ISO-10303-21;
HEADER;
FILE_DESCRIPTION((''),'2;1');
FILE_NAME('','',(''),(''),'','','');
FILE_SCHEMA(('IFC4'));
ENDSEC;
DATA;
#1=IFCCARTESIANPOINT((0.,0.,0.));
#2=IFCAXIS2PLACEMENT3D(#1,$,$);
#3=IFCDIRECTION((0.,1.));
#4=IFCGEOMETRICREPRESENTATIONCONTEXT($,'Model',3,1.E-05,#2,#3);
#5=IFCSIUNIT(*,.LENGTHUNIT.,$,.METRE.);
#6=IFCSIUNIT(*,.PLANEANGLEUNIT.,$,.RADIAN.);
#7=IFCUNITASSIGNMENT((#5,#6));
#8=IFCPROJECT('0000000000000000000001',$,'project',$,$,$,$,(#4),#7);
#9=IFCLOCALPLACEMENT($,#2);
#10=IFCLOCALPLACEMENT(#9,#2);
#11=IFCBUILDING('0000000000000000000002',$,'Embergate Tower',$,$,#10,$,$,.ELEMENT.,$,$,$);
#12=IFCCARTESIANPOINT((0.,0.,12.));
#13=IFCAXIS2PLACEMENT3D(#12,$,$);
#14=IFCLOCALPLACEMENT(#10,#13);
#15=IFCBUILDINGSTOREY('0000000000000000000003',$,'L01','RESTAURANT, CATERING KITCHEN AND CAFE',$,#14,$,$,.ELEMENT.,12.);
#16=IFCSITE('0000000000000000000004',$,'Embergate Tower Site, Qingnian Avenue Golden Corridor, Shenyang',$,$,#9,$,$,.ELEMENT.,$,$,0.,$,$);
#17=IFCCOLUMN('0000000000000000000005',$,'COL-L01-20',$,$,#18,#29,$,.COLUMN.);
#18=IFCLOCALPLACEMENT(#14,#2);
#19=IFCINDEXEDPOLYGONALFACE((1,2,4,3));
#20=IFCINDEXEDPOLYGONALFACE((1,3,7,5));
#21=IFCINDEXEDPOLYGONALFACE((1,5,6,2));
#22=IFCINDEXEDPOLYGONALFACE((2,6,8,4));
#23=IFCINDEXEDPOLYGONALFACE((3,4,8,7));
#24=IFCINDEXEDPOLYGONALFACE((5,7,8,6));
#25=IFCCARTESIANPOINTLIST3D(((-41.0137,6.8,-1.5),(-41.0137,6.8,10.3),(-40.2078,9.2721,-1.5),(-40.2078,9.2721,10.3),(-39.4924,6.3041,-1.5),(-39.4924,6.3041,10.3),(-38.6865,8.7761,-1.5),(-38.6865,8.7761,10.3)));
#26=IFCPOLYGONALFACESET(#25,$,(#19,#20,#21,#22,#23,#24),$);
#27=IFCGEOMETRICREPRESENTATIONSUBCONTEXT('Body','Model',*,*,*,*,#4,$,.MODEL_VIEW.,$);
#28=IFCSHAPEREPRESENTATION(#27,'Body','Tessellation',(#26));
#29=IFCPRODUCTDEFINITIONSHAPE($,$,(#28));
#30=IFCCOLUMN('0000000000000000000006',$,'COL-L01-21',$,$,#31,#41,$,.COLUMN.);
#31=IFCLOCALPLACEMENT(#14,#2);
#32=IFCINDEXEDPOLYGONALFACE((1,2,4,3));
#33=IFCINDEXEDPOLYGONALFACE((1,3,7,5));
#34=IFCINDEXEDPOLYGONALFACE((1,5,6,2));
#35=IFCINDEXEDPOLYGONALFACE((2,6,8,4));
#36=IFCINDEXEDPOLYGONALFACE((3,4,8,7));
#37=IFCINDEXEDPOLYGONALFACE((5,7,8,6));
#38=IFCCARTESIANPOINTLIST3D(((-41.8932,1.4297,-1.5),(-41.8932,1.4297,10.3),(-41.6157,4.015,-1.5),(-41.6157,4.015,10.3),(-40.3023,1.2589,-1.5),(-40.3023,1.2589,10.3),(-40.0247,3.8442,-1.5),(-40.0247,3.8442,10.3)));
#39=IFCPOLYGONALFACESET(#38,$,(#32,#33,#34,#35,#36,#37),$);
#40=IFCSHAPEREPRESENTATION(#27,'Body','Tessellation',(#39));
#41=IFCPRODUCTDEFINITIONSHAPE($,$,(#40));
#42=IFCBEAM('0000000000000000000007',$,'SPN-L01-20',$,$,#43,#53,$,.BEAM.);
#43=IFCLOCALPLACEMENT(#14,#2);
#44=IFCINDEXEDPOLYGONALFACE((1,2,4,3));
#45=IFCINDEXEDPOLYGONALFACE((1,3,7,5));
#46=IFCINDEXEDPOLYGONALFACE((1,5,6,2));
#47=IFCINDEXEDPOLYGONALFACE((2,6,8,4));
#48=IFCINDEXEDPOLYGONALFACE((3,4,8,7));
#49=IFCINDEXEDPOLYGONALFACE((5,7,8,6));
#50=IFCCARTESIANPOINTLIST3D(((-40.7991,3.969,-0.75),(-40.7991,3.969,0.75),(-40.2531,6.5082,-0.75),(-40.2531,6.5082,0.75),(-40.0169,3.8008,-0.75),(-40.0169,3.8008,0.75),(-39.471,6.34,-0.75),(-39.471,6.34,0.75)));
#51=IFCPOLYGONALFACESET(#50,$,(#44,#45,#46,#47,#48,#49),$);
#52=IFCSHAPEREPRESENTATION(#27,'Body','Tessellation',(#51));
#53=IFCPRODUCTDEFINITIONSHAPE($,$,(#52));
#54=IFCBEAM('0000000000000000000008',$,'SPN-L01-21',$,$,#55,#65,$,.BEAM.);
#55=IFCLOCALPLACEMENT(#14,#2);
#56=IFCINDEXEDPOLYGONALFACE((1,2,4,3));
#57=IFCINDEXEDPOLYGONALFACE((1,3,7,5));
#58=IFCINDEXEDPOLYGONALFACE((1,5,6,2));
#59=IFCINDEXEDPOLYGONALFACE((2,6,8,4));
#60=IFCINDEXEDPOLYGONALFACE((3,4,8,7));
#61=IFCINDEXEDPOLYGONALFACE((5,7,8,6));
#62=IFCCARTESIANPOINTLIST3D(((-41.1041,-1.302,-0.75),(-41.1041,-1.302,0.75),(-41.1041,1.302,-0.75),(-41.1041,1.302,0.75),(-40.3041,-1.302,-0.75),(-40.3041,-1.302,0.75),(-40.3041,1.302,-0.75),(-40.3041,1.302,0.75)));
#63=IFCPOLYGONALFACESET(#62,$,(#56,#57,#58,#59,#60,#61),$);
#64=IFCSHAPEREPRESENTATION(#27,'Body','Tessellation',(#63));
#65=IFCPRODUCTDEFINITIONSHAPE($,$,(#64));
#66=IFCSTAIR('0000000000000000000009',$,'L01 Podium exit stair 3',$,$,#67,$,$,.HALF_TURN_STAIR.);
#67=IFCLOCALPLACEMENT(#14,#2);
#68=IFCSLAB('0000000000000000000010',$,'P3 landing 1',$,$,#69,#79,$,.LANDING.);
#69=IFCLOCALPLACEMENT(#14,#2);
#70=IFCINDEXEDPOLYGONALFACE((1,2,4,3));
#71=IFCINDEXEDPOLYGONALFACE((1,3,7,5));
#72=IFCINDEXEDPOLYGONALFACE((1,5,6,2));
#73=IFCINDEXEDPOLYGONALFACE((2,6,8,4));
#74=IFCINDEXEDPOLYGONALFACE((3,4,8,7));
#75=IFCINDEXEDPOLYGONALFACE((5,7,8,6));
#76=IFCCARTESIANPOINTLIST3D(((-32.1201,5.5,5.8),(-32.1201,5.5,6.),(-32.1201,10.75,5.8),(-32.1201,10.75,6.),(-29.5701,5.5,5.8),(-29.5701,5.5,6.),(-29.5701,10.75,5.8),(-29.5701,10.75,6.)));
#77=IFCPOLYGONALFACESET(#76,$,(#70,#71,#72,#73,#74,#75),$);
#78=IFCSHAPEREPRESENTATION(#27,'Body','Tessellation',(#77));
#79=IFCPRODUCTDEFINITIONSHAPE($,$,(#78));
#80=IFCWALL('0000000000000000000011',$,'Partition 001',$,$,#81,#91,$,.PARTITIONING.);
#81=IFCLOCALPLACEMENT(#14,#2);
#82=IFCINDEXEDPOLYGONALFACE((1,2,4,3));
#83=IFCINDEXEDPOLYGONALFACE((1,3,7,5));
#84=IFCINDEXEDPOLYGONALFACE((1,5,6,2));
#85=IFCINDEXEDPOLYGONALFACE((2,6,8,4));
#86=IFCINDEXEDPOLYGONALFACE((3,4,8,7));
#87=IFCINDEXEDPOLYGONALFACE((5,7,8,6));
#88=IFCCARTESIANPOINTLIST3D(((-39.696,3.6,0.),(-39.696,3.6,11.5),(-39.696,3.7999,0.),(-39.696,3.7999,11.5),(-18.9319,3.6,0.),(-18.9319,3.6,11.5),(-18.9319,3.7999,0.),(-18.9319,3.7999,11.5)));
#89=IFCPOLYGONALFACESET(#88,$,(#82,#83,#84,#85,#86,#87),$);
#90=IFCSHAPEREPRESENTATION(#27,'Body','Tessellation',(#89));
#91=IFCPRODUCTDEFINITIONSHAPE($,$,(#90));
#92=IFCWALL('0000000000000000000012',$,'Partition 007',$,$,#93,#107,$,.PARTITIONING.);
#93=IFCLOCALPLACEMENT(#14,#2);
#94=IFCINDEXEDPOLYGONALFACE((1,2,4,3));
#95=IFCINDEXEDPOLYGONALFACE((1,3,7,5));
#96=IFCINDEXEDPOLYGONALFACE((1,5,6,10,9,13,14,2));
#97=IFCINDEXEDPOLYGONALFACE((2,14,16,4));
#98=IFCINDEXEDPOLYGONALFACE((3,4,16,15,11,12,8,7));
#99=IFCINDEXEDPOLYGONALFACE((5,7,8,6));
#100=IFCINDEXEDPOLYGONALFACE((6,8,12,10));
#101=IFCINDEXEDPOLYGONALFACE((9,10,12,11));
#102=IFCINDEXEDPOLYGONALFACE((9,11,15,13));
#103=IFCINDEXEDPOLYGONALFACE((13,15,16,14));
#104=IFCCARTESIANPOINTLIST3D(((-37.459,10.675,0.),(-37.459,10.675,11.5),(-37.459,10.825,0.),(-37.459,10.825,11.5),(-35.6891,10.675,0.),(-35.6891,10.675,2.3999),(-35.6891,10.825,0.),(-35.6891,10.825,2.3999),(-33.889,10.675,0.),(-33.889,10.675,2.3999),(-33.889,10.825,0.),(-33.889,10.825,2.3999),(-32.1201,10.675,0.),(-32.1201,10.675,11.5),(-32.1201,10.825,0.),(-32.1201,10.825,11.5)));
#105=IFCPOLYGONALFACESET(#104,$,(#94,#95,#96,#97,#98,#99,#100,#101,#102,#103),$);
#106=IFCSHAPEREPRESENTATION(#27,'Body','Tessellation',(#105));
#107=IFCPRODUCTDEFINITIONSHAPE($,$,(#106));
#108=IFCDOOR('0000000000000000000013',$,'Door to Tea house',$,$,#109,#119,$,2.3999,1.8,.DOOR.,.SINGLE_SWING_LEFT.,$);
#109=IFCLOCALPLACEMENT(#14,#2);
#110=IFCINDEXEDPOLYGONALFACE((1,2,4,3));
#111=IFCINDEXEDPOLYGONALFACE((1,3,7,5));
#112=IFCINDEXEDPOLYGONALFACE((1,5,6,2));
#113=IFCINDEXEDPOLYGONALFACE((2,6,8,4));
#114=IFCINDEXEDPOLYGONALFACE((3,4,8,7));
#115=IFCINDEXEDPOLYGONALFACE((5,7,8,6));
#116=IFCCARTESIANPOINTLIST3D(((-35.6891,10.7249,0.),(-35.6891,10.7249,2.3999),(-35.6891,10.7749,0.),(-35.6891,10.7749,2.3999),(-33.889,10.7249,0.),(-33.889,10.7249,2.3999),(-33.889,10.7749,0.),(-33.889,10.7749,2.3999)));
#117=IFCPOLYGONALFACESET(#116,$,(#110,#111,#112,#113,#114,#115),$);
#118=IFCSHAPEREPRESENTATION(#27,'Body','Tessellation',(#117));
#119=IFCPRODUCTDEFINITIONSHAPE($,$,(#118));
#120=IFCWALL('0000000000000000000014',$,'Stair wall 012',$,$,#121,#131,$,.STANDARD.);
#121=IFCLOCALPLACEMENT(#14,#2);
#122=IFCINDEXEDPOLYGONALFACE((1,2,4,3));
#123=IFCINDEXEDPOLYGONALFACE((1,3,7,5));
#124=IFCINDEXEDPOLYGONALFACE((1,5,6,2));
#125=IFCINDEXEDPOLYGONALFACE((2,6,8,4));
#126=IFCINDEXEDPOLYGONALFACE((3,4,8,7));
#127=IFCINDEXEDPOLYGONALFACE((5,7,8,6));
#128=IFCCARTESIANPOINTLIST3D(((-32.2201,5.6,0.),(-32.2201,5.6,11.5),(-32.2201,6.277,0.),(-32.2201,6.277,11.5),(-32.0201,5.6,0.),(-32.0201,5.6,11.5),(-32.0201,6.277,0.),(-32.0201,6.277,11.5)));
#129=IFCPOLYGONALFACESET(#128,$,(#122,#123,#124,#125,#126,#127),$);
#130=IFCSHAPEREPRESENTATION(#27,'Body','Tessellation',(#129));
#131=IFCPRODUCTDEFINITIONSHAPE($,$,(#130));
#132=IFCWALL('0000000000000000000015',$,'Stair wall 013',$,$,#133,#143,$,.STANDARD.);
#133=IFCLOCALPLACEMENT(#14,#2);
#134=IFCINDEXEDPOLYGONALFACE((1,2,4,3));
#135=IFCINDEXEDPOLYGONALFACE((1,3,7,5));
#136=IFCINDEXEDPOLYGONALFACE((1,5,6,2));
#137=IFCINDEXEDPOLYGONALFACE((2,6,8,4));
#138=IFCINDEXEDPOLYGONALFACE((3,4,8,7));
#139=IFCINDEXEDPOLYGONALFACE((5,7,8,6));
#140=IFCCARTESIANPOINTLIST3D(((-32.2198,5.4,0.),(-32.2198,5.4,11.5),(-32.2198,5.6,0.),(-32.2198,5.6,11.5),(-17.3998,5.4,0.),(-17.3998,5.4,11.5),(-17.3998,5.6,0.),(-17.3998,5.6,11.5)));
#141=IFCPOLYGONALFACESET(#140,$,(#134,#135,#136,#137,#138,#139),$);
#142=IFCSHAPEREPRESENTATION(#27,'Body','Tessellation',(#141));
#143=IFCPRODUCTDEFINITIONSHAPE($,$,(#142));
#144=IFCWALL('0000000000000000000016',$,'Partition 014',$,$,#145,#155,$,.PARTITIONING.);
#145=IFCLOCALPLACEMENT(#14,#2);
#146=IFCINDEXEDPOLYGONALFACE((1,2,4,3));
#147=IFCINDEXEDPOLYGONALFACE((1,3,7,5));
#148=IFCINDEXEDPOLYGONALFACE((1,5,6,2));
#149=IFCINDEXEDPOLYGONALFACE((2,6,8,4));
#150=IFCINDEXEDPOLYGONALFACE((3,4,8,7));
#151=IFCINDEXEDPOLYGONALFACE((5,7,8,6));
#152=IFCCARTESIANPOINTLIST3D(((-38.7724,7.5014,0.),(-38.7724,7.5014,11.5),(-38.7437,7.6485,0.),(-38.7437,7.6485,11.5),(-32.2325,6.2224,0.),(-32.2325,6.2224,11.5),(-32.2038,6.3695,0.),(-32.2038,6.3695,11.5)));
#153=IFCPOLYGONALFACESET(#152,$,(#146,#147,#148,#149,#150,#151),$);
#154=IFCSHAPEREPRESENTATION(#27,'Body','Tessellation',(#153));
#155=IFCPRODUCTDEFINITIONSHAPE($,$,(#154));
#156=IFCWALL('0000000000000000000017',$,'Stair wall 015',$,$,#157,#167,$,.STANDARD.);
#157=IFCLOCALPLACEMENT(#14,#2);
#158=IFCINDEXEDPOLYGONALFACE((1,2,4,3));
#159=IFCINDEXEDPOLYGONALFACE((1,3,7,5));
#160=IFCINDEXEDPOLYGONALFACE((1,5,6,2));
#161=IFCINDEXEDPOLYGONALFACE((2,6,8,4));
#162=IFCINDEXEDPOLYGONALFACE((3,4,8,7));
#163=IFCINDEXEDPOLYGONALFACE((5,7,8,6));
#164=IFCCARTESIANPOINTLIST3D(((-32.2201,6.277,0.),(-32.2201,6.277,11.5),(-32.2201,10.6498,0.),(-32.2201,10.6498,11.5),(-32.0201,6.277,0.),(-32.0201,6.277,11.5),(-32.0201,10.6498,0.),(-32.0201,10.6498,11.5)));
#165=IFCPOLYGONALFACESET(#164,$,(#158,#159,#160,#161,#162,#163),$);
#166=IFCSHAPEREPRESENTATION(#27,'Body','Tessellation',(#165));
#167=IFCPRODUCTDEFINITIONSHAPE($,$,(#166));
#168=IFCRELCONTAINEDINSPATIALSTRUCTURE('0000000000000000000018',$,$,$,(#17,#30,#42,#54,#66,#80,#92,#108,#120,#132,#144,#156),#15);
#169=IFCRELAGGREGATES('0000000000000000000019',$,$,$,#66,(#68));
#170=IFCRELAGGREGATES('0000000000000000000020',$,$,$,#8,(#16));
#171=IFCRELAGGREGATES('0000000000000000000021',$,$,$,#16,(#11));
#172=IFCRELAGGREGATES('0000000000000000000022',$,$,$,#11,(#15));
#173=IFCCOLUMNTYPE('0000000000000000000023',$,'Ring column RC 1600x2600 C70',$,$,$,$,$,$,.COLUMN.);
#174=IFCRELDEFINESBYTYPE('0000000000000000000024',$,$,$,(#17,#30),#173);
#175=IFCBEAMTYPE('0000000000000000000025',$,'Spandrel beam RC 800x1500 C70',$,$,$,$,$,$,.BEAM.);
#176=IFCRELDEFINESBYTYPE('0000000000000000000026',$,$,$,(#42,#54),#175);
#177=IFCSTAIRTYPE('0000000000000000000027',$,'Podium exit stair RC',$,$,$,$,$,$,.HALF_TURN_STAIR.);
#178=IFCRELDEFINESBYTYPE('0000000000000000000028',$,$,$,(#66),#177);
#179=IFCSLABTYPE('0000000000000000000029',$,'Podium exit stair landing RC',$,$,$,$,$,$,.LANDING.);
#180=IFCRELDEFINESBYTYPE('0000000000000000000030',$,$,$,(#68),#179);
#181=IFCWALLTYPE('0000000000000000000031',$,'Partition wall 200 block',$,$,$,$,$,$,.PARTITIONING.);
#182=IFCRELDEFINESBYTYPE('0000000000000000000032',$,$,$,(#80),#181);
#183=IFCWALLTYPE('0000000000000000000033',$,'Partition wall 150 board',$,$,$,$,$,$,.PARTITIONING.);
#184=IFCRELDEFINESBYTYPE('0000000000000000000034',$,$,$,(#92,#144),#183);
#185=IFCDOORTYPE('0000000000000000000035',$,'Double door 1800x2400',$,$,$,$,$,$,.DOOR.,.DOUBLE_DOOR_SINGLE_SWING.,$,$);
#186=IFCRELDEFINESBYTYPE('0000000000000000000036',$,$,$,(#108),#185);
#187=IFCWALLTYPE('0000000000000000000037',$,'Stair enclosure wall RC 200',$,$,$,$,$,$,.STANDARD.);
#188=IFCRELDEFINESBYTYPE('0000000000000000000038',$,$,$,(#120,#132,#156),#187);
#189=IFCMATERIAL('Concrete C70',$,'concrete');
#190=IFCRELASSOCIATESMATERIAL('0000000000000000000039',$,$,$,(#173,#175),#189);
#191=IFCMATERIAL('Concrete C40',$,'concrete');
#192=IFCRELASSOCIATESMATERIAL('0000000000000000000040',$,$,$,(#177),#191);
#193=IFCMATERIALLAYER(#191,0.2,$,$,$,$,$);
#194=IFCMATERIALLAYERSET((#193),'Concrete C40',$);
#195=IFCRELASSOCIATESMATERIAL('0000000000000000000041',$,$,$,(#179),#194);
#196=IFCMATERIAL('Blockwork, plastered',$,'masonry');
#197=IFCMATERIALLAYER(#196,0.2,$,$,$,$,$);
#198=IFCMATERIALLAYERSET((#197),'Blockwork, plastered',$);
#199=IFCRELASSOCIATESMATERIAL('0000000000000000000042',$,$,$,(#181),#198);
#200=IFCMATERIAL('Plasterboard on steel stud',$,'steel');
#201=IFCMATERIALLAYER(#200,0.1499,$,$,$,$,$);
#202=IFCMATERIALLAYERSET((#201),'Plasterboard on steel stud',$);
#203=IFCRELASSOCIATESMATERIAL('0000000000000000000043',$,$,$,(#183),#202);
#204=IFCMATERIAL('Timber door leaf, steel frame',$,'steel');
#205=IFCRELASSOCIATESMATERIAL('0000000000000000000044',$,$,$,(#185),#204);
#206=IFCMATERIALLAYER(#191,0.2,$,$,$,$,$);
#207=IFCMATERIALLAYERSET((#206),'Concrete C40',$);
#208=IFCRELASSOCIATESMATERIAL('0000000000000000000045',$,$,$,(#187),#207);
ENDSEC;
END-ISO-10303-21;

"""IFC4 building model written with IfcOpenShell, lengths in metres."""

from ifc_helpers import new_model, si_unit, direction, frame, frame_2d, origin, origin_2d, place, context, subcontext, project, spatial, polyline, rectangle, outline, extrude, source, transform, mapped, material, layer, layer_set, material_profile, profile_set, type_object, element, fill, aggregate, save


model = new_model("IFC4")

# Units and contexts
model_context = context("Model", 3, precision=1e-05, world=origin(), true_north=direction((0.0, 1.0)))
body_context = subcontext(model_context, "Body", "Model", "MODEL_VIEW")
ifc_project = project(units=[si_unit("LENGTHUNIT", "METRE"), si_unit("PLANEANGLEUNIT", "RADIAN")], contexts=[model_context])

# Site, building, storey
site_placement = place(None, origin())
site = spatial("IfcSite", under=ifc_project, at=site_placement, Name="Embergate Tower Site, Qingnian Avenue Golden Corridor, Shenyang", CompositionType="ELEMENT", RefElevation=0.0)
building_placement = place(site_placement, origin())
building = spatial("IfcBuilding", under=site, at=building_placement, Name="Embergate Tower", CompositionType="ELEMENT")
storey_placement = place(building_placement, frame((0.0, 0.0, 12.0)))
storey = spatial("IfcBuildingStorey", under=building, at=storey_placement, Name="L01", Description="RESTAURANT, CATERING KITCHEN AND CAFE", CompositionType="ELEMENT", Elevation=12.0)

# Columns
ifc_material_1 = material(Name="Concrete C70", Category="concrete")
ifc_material_profile_1 = material_profile(ifc_material_1, rectangle(XDim=1.6001, YDim=2.6001, at=origin_2d()), Name="RC 1600x2600")
ifc_profile_set_1 = profile_set([ifc_material_profile_1], Name="Concrete C70")
column_type = type_object("IfcColumnType", Name="Ring column RC 1600x2600 C70", PredefinedType="COLUMN", material=ifc_profile_set_1)
shared_shape_1 = source(origin(), body_context, "Body", "SweptSolid", [
    extrude(rectangle(XDim=1.6001, YDim=2.6001, at=origin_2d()), origin(), (0.0, 0.0, 1.0), 11.8),
])
for number, where, z_axis, x_axis, name in (
    (1, (-39.8501, 7.7881, -1.5), (0.0, 0.0, 1.0), (-0.950754, 0.309946, 0.0), "COL-L01-20"),
    (2, (-40.959, 2.637, -1.5), (0.0, 0.0, 1.0), (-0.994286, 0.10675, 0.0), "COL-L01-21"),
):
    element("IfcColumn", number, at=place(storey_placement, frame(where, z_axis=z_axis, x_axis=x_axis)), inside=storey, type_object=column_type, Name=name, PredefinedType="COLUMN", context=body_context, shape_type="MappedRepresentation", body=[
        mapped(shared_shape_1, transform((0.0, 0.0, 0.0))),
    ])

# Beams
ifc_material_profile_2 = material_profile(ifc_material_1, rectangle(XDim=0.8, YDim=1.5, at=origin_2d()), Name="RC 800x1500")
ifc_profile_set_2 = profile_set([ifc_material_profile_2], Name="Concrete C70")
beam_type = type_object("IfcBeamType", Name="Spandrel beam RC 800x1500 C70", PredefinedType="BEAM", material=ifc_profile_set_2)
shared_shape_2 = source(origin(), body_context, "Body", "SweptSolid", [
    extrude(rectangle(XDim=0.8, YDim=1.5, at=origin_2d()), origin(), (0.0, 0.0, 1.0), 2.5972),
])
beam_1_placement = place(storey_placement, frame((-39.8621, 6.4241, 0.0), z_axis=(-0.210197, -0.977659, 0.0), x_axis=(0.977659, -0.210197, 0.0)))
element("IfcBeam", 3, at=beam_1_placement, inside=storey, type_object=beam_type, Name="SPN-L01-20", PredefinedType="BEAM", context=body_context, shape_type="MappedRepresentation", body=[
    mapped(shared_shape_2, transform((0.0, 0.0, 0.0))),
])
shared_shape_3 = source(origin(), body_context, "Body", "SweptSolid", [
    extrude(rectangle(XDim=0.8, YDim=1.5, at=origin_2d()), origin(), (0.0, 0.0, 1.0), 2.604),
])
beam_2_placement = place(storey_placement, frame((-40.7041, 1.302, 0.0), z_axis=(0.0, -1.0, 0.0), x_axis=(1.0, 0.0, 0.0)))
element("IfcBeam", 4, at=beam_2_placement, inside=storey, type_object=beam_type, Name="SPN-L01-21", PredefinedType="BEAM", context=body_context, shape_type="MappedRepresentation", body=[
    mapped(shared_shape_3, transform((0.0, 0.0, 0.0))),
])

# Stair, slab
ifc_material_2 = material(Name="Concrete C40", Category="concrete")
stair_type = type_object("IfcStairType", Name="Podium exit stair RC", PredefinedType="HALF_TURN_STAIR", material=ifc_material_2)
stair_placement = place(storey_placement, origin())
stair = element("IfcStair", 5, at=stair_placement, inside=storey, type_object=stair_type, Name="L01 Podium exit stair 3", PredefinedType="HALF_TURN_STAIR")
ifc_layer_1 = layer(ifc_material_2, 0.2)
ifc_layer_set_1 = layer_set([ifc_layer_1], Name="Concrete C40")
slab_type = type_object("IfcSlabType", Name="Podium exit stair landing RC", PredefinedType="LANDING", material=ifc_layer_set_1)
shared_shape_4 = source(origin(), body_context, "Body", "SweptSolid", [
    extrude(outline(polyline([(0.0, 0.0), (2.55, 0.0), (2.55, 5.25), (0.0, 5.25), (0.0, 0.0)])), origin(), (0.0, 0.0, 1.0), 0.2),
])
slab_placement = place(storey_placement, frame((-32.1201, 5.5, 5.8)))
slab = element("IfcSlab", 6, at=slab_placement, type_object=slab_type, Name="P3 landing 1", PredefinedType="LANDING", context=body_context, shape_type="MappedRepresentation", body=[
    mapped(shared_shape_4, transform((0.0, 0.0, 0.0))),
])
aggregate(stair, [slab])

# Wall
ifc_material_3 = material(Name="Blockwork, plastered", Category="masonry")
ifc_layer_2 = layer(ifc_material_3, 0.2)
ifc_layer_set_2 = layer_set([ifc_layer_2], Name="Blockwork, plastered")
wall_type_1 = type_object("IfcWallType", Name="Partition wall 200 block", PredefinedType="PARTITIONING", material=ifc_layer_set_2)
shared_shape_5 = source(origin(), body_context, "Body", "SweptSolid", [
    extrude(rectangle(XDim=20.7642, YDim=0.2, at=frame_2d((10.3821, 0.0))), origin(), (0.0, 0.0, 1.0), 11.5),
])
wall_1_placement = place(storey_placement, frame((-39.696, 3.7, 0.0), z_axis=(0.0, 0.0, 1.0), x_axis=(1.0, 0.0, 0.0)))
element("IfcWall", 7, at=wall_1_placement, inside=storey, type_object=wall_type_1, Name="Partition 001", PredefinedType="PARTITIONING", context=body_context, shape_type="MappedRepresentation", body=[
    mapped(shared_shape_5, transform((0.0, 0.0, 0.0))),
])

# Wall, opening, door
ifc_material_4 = material(Name="Plasterboard on steel stud", Category="steel")
ifc_layer_3 = layer(ifc_material_4, 0.1499)
ifc_layer_set_3 = layer_set([ifc_layer_3], Name="Plasterboard on steel stud")
wall_type_2 = type_object("IfcWallType", Name="Partition wall 150 board", PredefinedType="PARTITIONING", material=ifc_layer_set_3)
shared_shape_6 = source(origin(), body_context, "Body", "SweptSolid", [
    extrude(rectangle(XDim=5.3389, YDim=0.1499, at=frame_2d((2.6694, 0.0))), origin(), (0.0, 0.0, 1.0), 11.5),
])
wall_2_placement = place(storey_placement, frame((-37.459, 10.75, 0.0), z_axis=(0.0, 0.0, 1.0), x_axis=(1.0, 0.0, 0.0)))
wall_2 = element("IfcWall", 8, at=wall_2_placement, inside=storey, type_object=wall_type_2, Name="Partition 007", PredefinedType="PARTITIONING", context=body_context, shape_type="MappedRepresentation", body=[
    mapped(shared_shape_6, transform((0.0, 0.0, 0.0))),
])
shared_shape_7 = source(origin(), body_context, "Body", "SweptSolid", [
    extrude(rectangle(XDim=1.8, YDim=2.3999, at=frame_2d((0.8999, 1.2))), frame((0.0, 0.085, 0.0), z_axis=(0.0, -1.0, 0.0), x_axis=(1.0, 0.0, 0.0)), (0.0, 0.0, 1.0), 0.1699),
])
opening_placement = place(wall_2_placement, frame((1.77, 0.0, 0.0)))
opening = element("IfcOpeningElement", 9, at=opening_placement, cuts=wall_2, PredefinedType="OPENING", context=body_context, shape_type="MappedRepresentation", body=[
    mapped(shared_shape_7, transform((0.0, 0.0, 0.0))),
])
ifc_material_5 = material(Name="Timber door leaf, steel frame", Category="steel")
door_type = type_object("IfcDoorType", Name="Double door 1800x2400", OperationType="DOUBLE_DOOR_SINGLE_SWING", PredefinedType="DOOR", material=ifc_material_5)
shared_shape_8 = source(origin(), body_context, "Body", "SweptSolid", [
    extrude(rectangle(XDim=1.8, YDim=2.3999, at=frame_2d((0.8999, 1.2))), frame((0.0, 0.0249, 0.0), z_axis=(0.0, -1.0, 0.0), x_axis=(1.0, 0.0, 0.0)), (0.0, 0.0, 1.0), 0.05),
])
door_placement = place(opening_placement, origin())
door = element("IfcDoor", 10, at=door_placement, inside=storey, type_object=door_type, Name="Door to Tea house", OperationType="SINGLE_SWING_LEFT", OverallHeight=2.3999, OverallWidth=1.8, PredefinedType="DOOR", context=body_context, shape_type="MappedRepresentation", body=[
    mapped(shared_shape_8, transform((0.0, 0.0, 0.0))),
])
fill(opening, door)

# Walls
ifc_layer_4 = layer(ifc_material_2, 0.2)
ifc_layer_set_4 = layer_set([ifc_layer_4], Name="Concrete C40")
wall_type_3 = type_object("IfcWallType", Name="Stair enclosure wall RC 200", PredefinedType="STANDARD", material=ifc_layer_set_4)
shared_shape_9 = source(origin(), body_context, "Body", "SweptSolid", [
    extrude(rectangle(XDim=0.677, YDim=0.2, at=frame_2d((0.3384, 0.0))), origin(), (0.0, 0.0, 1.0), 11.5),
])
wall_3_placement = place(storey_placement, frame((-32.1201, 5.6001, 0.0), z_axis=(0.0, 0.0, 1.0), x_axis=(0.0, 1.0, 0.0)))
element("IfcWall", 11, at=wall_3_placement, inside=storey, type_object=wall_type_3, Name="Stair wall 012", PredefinedType="STANDARD", context=body_context, shape_type="MappedRepresentation", body=[
    mapped(shared_shape_9, transform((0.0, 0.0, 0.0))),
])
shared_shape_10 = source(origin(), body_context, "Body", "SweptSolid", [
    extrude(rectangle(XDim=14.8201, YDim=0.2, at=frame_2d((7.4102, 0.0))), origin(), (0.0, 0.0, 1.0), 11.5),
])
wall_4_placement = place(storey_placement, frame((-32.22, 5.5, 0.0), z_axis=(0.0, 0.0, 1.0), x_axis=(1.0, 0.0, 0.0)))
element("IfcWall", 12, at=wall_4_placement, inside=storey, type_object=wall_type_3, Name="Stair wall 013", PredefinedType="STANDARD", context=body_context, shape_type="MappedRepresentation", body=[
    mapped(shared_shape_10, transform((0.0, 0.0, 0.0))),
])
shared_shape_11 = source(origin(), body_context, "Body", "SweptSolid", [
    extrude(rectangle(XDim=6.6638, YDim=0.1499, at=frame_2d((3.332, 0.0))), origin(), (0.0, 0.0, 1.0), 11.5),
])
wall_5_placement = place(storey_placement, frame((-32.218, 6.2959, 0.0), z_axis=(0.0, 0.0, 1.0), x_axis=(-0.981407, 0.191936, 0.0)))
element("IfcWall", 13, at=wall_5_placement, inside=storey, type_object=wall_type_2, Name="Partition 014", PredefinedType="PARTITIONING", context=body_context, shape_type="MappedRepresentation", body=[
    mapped(shared_shape_11, transform((0.0, 0.0, 0.0))),
])
shared_shape_12 = source(origin(), body_context, "Body", "SweptSolid", [
    extrude(rectangle(XDim=4.3728, YDim=0.2, at=frame_2d((2.1865, 0.0))), origin(), (0.0, 0.0, 1.0), 11.5),
])
wall_6_placement = place(storey_placement, frame((-32.1201, 10.6499, 0.0), z_axis=(0.0, 0.0, 1.0), x_axis=(0.0, -1.0, 0.0)))
element("IfcWall", 14, at=wall_6_placement, inside=storey, type_object=wall_type_3, Name="Stair wall 015", PredefinedType="STANDARD", context=body_context, shape_type="MappedRepresentation", body=[
    mapped(shared_shape_12, transform((0.0, 0.0, 0.0))),
])

save(model, "model.ifc")
